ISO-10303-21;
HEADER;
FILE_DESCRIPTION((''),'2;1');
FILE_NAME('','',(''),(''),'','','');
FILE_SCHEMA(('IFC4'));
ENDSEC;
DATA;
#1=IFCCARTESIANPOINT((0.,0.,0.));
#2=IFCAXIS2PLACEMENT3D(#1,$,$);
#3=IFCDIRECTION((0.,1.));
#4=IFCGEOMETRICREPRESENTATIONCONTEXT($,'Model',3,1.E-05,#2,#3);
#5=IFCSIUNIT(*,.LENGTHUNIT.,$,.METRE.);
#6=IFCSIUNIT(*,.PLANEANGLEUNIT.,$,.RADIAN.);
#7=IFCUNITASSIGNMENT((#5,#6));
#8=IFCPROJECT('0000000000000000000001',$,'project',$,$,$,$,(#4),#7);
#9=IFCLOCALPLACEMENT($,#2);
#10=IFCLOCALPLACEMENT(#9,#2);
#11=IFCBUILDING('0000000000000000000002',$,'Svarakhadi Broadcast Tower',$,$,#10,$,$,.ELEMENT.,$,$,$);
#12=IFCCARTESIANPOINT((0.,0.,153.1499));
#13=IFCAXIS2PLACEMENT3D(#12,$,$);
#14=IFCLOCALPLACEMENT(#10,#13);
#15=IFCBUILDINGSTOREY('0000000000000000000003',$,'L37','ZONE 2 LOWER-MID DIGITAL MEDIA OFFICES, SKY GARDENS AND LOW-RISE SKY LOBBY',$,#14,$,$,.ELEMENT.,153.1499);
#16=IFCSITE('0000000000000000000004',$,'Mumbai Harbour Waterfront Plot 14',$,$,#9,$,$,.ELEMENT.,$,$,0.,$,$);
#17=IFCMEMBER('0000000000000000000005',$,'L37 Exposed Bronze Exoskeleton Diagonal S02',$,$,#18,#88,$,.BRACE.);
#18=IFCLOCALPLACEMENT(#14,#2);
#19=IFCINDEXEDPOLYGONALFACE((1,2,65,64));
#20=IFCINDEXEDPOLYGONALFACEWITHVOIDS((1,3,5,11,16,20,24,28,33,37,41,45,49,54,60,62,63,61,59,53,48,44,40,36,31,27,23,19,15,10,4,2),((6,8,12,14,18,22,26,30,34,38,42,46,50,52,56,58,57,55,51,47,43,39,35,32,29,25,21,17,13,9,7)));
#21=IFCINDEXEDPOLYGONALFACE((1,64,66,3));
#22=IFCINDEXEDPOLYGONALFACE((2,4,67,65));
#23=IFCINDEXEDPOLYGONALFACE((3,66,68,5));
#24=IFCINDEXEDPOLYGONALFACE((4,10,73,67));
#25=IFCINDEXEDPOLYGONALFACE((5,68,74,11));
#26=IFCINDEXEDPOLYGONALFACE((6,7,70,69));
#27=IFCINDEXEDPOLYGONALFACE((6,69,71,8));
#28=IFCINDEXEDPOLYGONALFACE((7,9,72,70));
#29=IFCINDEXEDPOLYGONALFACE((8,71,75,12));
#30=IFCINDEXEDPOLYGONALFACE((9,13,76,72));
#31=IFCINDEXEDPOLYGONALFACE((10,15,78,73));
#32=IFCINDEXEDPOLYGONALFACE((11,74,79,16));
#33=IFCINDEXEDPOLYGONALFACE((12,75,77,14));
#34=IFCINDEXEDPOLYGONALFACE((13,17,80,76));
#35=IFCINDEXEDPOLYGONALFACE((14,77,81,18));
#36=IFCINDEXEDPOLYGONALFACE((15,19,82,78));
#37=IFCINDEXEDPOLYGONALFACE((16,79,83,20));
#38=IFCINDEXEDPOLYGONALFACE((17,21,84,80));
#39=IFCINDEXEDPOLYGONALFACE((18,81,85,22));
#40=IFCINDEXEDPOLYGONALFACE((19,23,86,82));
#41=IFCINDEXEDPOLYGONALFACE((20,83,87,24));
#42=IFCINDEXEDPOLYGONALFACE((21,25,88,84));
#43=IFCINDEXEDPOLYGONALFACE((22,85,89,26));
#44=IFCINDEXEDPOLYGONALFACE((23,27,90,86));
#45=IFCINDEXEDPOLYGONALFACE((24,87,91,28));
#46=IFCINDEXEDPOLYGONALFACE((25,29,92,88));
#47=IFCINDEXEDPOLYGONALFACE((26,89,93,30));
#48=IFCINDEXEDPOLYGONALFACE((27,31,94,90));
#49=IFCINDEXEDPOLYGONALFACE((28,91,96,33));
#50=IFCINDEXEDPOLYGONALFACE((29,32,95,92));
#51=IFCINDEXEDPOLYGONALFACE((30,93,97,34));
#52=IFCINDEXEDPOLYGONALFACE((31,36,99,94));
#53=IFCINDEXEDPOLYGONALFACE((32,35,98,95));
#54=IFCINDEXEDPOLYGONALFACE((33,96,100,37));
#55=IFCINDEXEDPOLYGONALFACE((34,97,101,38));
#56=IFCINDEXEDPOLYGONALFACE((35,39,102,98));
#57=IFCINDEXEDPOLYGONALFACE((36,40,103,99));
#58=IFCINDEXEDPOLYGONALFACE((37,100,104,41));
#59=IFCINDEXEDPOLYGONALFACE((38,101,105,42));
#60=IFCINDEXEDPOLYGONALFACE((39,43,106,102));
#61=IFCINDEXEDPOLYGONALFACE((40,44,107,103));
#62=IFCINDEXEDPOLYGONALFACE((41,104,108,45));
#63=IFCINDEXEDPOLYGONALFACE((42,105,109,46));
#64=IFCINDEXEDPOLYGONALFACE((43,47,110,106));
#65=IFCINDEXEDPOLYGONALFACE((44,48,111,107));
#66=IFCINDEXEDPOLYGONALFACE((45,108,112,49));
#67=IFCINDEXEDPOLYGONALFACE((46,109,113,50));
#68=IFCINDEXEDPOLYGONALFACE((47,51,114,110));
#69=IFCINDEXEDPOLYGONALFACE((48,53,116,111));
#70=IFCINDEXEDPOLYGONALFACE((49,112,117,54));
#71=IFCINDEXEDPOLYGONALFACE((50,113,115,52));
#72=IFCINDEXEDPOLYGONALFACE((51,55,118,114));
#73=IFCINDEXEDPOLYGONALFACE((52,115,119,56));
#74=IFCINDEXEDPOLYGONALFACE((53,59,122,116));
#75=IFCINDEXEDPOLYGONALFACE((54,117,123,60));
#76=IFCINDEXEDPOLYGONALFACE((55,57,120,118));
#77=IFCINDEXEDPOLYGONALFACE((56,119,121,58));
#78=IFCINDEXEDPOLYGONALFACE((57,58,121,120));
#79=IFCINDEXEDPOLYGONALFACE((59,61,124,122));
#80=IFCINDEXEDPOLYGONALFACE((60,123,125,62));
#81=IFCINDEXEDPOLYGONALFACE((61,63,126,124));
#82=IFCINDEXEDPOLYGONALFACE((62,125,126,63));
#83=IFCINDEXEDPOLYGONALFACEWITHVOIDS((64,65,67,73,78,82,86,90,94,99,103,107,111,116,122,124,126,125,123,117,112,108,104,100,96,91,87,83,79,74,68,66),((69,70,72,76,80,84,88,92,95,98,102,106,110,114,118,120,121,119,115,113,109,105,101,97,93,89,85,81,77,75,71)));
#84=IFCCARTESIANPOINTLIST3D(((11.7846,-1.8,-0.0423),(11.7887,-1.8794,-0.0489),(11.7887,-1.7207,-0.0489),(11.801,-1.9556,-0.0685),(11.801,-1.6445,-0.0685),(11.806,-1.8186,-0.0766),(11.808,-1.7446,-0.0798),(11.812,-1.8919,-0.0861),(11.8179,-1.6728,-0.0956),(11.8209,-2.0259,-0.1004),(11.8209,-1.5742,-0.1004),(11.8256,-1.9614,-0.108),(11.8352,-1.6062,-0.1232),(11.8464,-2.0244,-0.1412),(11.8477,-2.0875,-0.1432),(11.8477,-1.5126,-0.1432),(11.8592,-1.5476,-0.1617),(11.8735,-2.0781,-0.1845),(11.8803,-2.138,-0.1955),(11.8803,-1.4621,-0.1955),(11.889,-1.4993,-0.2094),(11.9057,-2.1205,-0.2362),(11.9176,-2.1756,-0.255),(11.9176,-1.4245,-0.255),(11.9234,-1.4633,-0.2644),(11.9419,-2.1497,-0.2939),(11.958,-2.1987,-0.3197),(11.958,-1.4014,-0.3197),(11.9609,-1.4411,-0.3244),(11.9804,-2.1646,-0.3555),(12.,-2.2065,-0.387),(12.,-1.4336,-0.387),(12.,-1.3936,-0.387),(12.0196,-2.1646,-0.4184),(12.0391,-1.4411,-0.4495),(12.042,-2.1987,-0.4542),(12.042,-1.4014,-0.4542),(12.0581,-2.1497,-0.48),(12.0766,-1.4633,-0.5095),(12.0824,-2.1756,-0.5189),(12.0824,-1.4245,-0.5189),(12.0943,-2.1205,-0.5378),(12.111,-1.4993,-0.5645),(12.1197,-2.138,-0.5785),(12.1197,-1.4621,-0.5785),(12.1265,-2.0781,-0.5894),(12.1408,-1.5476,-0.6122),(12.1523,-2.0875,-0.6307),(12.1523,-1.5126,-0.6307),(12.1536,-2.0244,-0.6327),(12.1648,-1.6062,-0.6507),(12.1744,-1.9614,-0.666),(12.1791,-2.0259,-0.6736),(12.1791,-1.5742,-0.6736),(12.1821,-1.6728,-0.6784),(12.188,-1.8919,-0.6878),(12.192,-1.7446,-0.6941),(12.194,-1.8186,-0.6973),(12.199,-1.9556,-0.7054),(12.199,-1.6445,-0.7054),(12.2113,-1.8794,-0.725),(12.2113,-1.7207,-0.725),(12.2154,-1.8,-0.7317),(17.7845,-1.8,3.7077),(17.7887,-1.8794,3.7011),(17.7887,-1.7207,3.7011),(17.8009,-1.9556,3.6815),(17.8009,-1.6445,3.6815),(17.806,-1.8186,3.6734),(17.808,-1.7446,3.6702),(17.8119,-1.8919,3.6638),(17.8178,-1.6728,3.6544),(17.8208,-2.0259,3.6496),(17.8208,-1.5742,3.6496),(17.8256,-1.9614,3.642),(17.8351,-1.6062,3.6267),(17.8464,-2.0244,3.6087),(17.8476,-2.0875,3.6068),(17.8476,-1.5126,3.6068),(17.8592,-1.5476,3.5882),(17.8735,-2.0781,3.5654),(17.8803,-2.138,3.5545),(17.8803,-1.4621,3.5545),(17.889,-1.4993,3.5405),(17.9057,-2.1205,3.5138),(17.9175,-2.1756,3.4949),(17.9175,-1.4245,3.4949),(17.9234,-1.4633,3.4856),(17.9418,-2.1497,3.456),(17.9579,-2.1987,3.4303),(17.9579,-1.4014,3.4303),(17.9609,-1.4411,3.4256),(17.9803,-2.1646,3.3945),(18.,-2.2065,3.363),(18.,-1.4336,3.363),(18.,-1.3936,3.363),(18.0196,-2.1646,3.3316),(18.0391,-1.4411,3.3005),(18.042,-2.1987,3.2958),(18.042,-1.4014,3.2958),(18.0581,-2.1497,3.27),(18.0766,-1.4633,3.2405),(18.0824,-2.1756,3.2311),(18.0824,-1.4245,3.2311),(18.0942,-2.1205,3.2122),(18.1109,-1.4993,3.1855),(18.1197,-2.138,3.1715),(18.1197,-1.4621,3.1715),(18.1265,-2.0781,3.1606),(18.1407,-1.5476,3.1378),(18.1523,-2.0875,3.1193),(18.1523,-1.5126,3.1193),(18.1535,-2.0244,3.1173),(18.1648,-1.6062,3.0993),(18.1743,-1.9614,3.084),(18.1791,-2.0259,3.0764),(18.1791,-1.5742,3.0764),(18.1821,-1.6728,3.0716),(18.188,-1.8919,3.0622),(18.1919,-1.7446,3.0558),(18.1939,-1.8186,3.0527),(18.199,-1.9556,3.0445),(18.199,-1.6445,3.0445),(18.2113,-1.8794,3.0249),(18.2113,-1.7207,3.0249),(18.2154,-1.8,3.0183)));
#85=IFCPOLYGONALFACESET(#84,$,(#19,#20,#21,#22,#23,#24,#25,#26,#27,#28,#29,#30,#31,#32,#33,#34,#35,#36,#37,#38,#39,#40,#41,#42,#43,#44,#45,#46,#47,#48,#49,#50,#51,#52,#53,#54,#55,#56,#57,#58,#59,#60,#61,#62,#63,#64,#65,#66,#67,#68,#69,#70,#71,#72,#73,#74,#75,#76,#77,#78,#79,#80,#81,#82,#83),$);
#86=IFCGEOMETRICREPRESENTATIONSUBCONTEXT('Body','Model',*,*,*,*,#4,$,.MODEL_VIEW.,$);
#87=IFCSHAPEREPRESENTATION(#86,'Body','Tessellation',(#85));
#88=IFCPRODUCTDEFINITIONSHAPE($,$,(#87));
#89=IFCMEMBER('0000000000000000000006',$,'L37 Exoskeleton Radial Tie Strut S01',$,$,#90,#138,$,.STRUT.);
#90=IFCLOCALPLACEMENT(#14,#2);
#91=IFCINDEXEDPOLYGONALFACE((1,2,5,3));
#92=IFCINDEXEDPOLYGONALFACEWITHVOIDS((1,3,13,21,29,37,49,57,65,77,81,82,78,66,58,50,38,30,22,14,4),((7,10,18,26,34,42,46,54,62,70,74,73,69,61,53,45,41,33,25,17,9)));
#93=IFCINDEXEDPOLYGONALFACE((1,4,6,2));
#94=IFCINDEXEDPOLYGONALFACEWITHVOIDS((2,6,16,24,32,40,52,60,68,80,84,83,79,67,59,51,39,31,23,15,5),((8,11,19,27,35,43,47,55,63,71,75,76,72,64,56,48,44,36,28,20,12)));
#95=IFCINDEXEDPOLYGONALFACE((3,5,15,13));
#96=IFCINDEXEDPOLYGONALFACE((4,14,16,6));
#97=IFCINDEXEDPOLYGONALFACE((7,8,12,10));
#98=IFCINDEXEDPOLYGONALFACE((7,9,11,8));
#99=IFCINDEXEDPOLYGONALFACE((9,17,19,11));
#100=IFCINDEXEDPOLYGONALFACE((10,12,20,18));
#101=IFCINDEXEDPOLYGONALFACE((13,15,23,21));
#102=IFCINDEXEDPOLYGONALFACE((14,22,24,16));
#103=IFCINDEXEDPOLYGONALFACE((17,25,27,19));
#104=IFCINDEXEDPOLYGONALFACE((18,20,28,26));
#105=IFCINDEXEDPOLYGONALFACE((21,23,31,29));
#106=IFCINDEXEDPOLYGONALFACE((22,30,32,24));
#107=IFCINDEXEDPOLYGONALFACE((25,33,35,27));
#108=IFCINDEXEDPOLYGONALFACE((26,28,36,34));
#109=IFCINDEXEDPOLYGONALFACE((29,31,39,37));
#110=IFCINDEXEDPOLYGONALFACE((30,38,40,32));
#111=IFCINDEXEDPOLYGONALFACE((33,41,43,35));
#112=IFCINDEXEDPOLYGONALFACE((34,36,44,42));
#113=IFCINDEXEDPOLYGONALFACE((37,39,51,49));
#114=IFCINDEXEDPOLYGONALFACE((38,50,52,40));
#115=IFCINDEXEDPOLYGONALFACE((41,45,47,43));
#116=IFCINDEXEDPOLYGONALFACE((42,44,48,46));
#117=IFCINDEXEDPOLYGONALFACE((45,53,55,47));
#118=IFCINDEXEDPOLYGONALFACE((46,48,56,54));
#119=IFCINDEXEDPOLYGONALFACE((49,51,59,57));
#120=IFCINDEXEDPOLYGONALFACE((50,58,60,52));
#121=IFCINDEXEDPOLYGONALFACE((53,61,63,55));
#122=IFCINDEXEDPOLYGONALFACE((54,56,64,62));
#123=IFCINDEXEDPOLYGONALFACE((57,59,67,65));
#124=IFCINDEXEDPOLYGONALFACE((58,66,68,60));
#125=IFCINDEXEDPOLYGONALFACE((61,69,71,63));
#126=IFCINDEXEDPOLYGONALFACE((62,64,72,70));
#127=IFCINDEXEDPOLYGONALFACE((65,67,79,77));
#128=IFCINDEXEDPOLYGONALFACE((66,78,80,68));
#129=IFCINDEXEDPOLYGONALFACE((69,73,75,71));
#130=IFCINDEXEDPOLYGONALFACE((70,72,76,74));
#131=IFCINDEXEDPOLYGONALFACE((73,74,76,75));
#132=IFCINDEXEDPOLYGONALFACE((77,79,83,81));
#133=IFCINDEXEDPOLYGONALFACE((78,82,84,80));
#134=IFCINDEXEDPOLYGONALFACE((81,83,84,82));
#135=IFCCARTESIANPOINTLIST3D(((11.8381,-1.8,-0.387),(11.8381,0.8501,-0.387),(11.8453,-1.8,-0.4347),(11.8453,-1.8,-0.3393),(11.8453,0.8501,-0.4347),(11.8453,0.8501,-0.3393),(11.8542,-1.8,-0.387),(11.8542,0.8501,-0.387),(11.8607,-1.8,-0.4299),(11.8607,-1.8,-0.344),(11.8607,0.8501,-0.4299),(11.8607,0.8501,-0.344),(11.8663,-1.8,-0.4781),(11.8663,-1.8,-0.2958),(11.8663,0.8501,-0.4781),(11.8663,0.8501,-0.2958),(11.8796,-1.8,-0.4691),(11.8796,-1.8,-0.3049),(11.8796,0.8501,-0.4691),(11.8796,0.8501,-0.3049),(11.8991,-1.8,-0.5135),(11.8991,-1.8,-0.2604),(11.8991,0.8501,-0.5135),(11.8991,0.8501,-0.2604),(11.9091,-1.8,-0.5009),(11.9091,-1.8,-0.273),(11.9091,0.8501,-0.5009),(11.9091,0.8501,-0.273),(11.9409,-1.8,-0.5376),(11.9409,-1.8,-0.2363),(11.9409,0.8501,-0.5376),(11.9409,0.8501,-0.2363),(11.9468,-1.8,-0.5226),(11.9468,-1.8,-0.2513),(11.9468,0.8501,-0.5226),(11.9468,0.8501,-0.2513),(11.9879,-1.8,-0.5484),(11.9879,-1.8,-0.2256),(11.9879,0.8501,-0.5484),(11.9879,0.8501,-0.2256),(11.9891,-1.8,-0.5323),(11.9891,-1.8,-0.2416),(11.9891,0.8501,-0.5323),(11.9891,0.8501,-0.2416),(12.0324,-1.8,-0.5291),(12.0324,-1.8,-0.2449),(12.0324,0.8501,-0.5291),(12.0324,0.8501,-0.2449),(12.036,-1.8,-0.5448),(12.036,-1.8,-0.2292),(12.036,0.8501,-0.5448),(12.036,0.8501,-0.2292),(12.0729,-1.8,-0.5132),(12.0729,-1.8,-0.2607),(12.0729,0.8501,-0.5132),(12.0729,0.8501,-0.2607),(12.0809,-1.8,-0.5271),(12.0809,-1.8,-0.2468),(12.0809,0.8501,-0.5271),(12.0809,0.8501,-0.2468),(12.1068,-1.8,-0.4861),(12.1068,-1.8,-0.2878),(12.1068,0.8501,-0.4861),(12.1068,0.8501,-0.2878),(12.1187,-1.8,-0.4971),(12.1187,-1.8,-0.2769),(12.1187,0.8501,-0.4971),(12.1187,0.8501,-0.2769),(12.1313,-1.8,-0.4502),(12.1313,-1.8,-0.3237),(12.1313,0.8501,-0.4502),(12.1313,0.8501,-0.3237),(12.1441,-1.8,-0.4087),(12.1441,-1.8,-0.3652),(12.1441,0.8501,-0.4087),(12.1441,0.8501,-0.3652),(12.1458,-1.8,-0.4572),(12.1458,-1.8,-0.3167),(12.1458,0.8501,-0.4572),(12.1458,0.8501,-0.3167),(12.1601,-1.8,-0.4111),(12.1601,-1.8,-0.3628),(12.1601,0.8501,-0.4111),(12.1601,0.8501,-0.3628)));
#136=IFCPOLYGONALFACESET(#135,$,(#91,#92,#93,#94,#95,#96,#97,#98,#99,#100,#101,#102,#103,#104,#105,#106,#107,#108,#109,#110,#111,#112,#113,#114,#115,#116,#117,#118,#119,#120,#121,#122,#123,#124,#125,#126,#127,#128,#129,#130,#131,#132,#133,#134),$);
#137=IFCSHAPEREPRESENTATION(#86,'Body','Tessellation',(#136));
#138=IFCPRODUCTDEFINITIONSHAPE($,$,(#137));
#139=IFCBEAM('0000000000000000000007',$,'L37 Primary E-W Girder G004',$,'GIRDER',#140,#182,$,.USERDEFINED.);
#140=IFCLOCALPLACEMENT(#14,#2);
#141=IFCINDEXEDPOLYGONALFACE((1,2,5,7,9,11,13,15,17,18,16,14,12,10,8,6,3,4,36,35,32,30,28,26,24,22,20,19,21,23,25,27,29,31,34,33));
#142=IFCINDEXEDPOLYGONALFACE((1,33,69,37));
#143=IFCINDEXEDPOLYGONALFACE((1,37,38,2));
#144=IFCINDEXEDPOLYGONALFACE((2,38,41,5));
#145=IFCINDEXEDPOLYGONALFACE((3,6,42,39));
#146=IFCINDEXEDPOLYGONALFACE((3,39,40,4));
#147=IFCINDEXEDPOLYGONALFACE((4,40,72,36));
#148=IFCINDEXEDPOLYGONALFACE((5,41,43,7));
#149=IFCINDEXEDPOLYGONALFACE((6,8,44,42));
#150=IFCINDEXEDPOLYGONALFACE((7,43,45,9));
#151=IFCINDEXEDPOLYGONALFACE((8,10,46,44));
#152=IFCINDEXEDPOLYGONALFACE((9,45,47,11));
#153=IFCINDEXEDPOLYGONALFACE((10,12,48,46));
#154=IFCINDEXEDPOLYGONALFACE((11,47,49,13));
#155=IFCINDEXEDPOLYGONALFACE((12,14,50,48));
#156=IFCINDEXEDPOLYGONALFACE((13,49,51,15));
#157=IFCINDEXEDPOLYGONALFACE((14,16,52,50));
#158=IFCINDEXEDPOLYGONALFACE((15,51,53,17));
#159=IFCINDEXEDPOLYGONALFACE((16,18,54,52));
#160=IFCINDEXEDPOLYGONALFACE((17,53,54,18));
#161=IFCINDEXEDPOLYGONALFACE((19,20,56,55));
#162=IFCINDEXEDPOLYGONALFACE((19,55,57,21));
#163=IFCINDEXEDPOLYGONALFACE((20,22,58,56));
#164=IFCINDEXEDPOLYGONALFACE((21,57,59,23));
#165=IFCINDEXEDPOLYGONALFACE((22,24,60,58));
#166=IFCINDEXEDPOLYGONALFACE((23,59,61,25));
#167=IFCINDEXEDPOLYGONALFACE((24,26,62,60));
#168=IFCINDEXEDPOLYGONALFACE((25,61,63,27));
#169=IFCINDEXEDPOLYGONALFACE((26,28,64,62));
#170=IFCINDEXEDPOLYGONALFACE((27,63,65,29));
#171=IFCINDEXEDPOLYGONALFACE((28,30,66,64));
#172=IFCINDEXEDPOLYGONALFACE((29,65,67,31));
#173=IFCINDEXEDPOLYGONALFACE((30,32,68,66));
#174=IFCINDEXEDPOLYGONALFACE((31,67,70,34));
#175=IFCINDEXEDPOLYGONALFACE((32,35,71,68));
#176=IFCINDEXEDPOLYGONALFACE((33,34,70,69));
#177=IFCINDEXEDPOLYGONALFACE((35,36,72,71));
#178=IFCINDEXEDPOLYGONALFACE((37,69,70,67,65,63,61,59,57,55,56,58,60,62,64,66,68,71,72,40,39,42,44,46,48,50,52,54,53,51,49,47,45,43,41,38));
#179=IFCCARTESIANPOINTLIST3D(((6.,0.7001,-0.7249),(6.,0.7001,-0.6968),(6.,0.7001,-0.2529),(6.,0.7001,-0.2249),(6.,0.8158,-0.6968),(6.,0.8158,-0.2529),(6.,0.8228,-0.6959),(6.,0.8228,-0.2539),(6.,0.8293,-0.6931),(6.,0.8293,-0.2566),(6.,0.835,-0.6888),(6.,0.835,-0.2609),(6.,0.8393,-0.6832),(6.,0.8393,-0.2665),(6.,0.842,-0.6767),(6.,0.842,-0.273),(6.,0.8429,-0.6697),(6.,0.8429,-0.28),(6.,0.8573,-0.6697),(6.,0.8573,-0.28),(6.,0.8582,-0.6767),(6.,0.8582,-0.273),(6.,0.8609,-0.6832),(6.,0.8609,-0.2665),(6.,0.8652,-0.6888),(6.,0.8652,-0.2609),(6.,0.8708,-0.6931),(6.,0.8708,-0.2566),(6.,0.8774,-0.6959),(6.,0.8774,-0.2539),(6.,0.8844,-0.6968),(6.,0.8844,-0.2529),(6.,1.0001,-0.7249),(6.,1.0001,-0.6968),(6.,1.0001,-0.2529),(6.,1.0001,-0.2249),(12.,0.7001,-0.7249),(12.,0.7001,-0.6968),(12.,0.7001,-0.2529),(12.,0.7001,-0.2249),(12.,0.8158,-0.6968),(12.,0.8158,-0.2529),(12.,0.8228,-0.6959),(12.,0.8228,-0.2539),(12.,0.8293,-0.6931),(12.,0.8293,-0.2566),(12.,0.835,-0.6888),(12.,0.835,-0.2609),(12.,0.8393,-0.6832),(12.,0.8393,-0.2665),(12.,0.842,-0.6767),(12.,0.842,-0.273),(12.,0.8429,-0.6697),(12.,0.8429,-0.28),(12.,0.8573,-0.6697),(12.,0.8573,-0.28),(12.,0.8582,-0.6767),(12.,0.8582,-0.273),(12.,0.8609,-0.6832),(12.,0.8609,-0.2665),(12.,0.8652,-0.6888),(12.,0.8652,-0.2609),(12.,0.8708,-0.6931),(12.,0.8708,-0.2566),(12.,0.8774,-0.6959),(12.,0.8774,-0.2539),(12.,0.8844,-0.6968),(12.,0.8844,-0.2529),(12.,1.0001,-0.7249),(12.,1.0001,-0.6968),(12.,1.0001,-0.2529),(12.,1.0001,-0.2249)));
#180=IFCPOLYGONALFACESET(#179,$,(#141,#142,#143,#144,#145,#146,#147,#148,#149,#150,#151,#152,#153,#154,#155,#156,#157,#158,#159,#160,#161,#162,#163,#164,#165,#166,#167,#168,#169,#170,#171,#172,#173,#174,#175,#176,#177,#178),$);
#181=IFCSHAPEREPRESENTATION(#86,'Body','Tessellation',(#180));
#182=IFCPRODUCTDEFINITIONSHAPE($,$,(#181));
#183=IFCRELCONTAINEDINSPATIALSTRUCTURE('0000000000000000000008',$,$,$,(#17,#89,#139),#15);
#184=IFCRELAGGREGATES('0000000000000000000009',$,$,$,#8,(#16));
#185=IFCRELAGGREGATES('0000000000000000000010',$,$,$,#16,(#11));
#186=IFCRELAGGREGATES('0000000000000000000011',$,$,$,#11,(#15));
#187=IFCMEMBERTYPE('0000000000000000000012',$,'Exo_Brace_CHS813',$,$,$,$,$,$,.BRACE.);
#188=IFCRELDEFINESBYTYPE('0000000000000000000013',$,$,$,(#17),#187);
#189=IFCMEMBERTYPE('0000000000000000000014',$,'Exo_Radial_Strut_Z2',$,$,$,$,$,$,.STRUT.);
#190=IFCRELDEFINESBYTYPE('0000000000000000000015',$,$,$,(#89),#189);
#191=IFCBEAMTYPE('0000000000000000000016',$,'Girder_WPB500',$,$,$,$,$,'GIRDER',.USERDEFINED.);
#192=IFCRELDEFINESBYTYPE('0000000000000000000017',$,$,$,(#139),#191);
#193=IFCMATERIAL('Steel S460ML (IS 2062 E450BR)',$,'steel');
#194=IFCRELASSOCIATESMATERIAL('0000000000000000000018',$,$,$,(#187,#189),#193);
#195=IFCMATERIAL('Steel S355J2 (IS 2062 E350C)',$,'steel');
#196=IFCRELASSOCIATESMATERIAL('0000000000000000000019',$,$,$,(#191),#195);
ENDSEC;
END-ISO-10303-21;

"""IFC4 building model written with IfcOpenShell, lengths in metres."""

from ifc_helpers import new_model, si_unit, direction, frame, origin, origin_2d, place, context, subcontext, project, spatial, hollow_circle, i_section, extrude, material, material_profile, profile_set, type_object, element, save


model = new_model("IFC4")

# Units and contexts
model_context = context("Model", 3, precision=1e-05, world=origin(), true_north=direction((0.0, 1.0)))
body_context = subcontext(model_context, "Body", "Model", "MODEL_VIEW")
ifc_project = project(units=[si_unit("LENGTHUNIT", "METRE"), si_unit("PLANEANGLEUNIT", "RADIAN")], contexts=[model_context])

# Site, building, storey
site_placement = place(None, origin())
site = spatial("IfcSite", under=ifc_project, at=site_placement, Name="Mumbai Harbour Waterfront Plot 14", CompositionType="ELEMENT", RefElevation=0.0)
building_placement = place(site_placement, origin())
building = spatial("IfcBuilding", under=site, at=building_placement, Name="Svarakhadi Broadcast Tower", CompositionType="ELEMENT")
storey_placement = place(building_placement, frame((0.0, 0.0, 153.1499)))
storey = spatial("IfcBuildingStorey", under=building, at=storey_placement, Name="L37", Description="ZONE 2 LOWER-MID DIGITAL MEDIA OFFICES, SKY GARDENS AND LOW-RISE SKY LOBBY", CompositionType="ELEMENT", Elevation=153.1499)

# Shared definitions
ifc_material_1 = material(Name="Steel S460ML (IS 2062 E450BR)", Category="steel")

# Shared definitions
ifc_material_2 = material(Name="Steel S355J2 (IS 2062 E350C)", Category="steel")

# Members
ifc_material_profile_1 = material_profile(ifc_material_1, hollow_circle(Radius=0.4065, WallThickness=0.04, at=origin_2d()), Name="CHS 813x40")
ifc_profile_set_1 = profile_set([ifc_material_profile_1], Name="Steel S460ML (IS 2062 E450BR)")
member_type_1 = type_object("IfcMemberType", Name="Exo_Brace_CHS813", PredefinedType="BRACE", material=ifc_profile_set_1)
for number, where, z_axis, x_axis, name in (
    (1, (12.0, -1.8, -0.387), (0.847998, 0.0, 0.529999), (0.0, 1.0, 0.0), "L37 Exposed Bronze Exoskeleton Diagonal S02"),
):
    element("IfcMember", number, at=place(storey_placement, frame(where, z_axis=z_axis, x_axis=x_axis)), inside=storey, type_object=member_type_1, Name=name, PredefinedType="BRACE", context=body_context, shape_type="SweptSolid", body=[
        extrude(hollow_circle(Radius=0.4065, WallThickness=0.04, at=origin_2d()), origin(), (0.0, 0.0, 1.0), 7.0754),
    ])
ifc_material_profile_2 = material_profile(ifc_material_1, hollow_circle(Radius=0.1619, WallThickness=0.0161, at=origin_2d()), Name="CHS 323.9x16")
ifc_profile_set_2 = profile_set([ifc_material_profile_2], Name="Steel S460ML (IS 2062 E450BR)")
member_type_2 = type_object("IfcMemberType", Name="Exo_Radial_Strut_Z2", PredefinedType="STRUT", material=ifc_profile_set_2)
member_1_placement = place(storey_placement, frame((12.0, -1.8, -0.387), z_axis=(0.0, 1.0, 0.0), x_axis=(-1.0, 0.0, 0.0)))
element("IfcMember", 2, at=member_1_placement, inside=storey, type_object=member_type_2, Name="L37 Exoskeleton Radial Tie Strut S01", PredefinedType="STRUT", context=body_context, shape_type="SweptSolid", body=[
    extrude(hollow_circle(Radius=0.1619, WallThickness=0.0161, at=origin_2d()), origin(), (0.0, 0.0, 1.0), 2.6501),
])

# Beam
ifc_material_profile_3 = material_profile(ifc_material_2, i_section(OverallWidth=0.3, OverallDepth=0.5, WebThickness=0.0144, FlangeThickness=0.0281, FilletRadius=0.0271, at=origin_2d()), Name="WPB 500x300x187")
ifc_profile_set_3 = profile_set([ifc_material_profile_3], Name="Steel S355J2 (IS 2062 E350C)")
beam_type_1 = type_object("IfcBeamType", Name="Girder_WPB500", ElementType="GIRDER", PredefinedType="USERDEFINED", material=ifc_profile_set_3)
for number, where, z_axis, x_axis, name in (
    (3, (6.0, 0.8501, -0.4749), (1.0, 0.0, 0.0), (0.0, 1.0, 0.0), "L37 Primary E-W Girder G004"),
):
    element("IfcBeam", number, at=place(storey_placement, frame(where, z_axis=z_axis, x_axis=x_axis)), inside=storey, type_object=beam_type_1, Name=name, ObjectType="GIRDER", PredefinedType="USERDEFINED", context=body_context, shape_type="SweptSolid", body=[
        extrude(i_section(OverallWidth=0.3, OverallDepth=0.5, WebThickness=0.0144, FlangeThickness=0.0281, FilletRadius=0.0271, at=origin_2d()), origin(), (0.0, 0.0, 1.0), 6.0),
    ])

save(model, "model.ifc")
